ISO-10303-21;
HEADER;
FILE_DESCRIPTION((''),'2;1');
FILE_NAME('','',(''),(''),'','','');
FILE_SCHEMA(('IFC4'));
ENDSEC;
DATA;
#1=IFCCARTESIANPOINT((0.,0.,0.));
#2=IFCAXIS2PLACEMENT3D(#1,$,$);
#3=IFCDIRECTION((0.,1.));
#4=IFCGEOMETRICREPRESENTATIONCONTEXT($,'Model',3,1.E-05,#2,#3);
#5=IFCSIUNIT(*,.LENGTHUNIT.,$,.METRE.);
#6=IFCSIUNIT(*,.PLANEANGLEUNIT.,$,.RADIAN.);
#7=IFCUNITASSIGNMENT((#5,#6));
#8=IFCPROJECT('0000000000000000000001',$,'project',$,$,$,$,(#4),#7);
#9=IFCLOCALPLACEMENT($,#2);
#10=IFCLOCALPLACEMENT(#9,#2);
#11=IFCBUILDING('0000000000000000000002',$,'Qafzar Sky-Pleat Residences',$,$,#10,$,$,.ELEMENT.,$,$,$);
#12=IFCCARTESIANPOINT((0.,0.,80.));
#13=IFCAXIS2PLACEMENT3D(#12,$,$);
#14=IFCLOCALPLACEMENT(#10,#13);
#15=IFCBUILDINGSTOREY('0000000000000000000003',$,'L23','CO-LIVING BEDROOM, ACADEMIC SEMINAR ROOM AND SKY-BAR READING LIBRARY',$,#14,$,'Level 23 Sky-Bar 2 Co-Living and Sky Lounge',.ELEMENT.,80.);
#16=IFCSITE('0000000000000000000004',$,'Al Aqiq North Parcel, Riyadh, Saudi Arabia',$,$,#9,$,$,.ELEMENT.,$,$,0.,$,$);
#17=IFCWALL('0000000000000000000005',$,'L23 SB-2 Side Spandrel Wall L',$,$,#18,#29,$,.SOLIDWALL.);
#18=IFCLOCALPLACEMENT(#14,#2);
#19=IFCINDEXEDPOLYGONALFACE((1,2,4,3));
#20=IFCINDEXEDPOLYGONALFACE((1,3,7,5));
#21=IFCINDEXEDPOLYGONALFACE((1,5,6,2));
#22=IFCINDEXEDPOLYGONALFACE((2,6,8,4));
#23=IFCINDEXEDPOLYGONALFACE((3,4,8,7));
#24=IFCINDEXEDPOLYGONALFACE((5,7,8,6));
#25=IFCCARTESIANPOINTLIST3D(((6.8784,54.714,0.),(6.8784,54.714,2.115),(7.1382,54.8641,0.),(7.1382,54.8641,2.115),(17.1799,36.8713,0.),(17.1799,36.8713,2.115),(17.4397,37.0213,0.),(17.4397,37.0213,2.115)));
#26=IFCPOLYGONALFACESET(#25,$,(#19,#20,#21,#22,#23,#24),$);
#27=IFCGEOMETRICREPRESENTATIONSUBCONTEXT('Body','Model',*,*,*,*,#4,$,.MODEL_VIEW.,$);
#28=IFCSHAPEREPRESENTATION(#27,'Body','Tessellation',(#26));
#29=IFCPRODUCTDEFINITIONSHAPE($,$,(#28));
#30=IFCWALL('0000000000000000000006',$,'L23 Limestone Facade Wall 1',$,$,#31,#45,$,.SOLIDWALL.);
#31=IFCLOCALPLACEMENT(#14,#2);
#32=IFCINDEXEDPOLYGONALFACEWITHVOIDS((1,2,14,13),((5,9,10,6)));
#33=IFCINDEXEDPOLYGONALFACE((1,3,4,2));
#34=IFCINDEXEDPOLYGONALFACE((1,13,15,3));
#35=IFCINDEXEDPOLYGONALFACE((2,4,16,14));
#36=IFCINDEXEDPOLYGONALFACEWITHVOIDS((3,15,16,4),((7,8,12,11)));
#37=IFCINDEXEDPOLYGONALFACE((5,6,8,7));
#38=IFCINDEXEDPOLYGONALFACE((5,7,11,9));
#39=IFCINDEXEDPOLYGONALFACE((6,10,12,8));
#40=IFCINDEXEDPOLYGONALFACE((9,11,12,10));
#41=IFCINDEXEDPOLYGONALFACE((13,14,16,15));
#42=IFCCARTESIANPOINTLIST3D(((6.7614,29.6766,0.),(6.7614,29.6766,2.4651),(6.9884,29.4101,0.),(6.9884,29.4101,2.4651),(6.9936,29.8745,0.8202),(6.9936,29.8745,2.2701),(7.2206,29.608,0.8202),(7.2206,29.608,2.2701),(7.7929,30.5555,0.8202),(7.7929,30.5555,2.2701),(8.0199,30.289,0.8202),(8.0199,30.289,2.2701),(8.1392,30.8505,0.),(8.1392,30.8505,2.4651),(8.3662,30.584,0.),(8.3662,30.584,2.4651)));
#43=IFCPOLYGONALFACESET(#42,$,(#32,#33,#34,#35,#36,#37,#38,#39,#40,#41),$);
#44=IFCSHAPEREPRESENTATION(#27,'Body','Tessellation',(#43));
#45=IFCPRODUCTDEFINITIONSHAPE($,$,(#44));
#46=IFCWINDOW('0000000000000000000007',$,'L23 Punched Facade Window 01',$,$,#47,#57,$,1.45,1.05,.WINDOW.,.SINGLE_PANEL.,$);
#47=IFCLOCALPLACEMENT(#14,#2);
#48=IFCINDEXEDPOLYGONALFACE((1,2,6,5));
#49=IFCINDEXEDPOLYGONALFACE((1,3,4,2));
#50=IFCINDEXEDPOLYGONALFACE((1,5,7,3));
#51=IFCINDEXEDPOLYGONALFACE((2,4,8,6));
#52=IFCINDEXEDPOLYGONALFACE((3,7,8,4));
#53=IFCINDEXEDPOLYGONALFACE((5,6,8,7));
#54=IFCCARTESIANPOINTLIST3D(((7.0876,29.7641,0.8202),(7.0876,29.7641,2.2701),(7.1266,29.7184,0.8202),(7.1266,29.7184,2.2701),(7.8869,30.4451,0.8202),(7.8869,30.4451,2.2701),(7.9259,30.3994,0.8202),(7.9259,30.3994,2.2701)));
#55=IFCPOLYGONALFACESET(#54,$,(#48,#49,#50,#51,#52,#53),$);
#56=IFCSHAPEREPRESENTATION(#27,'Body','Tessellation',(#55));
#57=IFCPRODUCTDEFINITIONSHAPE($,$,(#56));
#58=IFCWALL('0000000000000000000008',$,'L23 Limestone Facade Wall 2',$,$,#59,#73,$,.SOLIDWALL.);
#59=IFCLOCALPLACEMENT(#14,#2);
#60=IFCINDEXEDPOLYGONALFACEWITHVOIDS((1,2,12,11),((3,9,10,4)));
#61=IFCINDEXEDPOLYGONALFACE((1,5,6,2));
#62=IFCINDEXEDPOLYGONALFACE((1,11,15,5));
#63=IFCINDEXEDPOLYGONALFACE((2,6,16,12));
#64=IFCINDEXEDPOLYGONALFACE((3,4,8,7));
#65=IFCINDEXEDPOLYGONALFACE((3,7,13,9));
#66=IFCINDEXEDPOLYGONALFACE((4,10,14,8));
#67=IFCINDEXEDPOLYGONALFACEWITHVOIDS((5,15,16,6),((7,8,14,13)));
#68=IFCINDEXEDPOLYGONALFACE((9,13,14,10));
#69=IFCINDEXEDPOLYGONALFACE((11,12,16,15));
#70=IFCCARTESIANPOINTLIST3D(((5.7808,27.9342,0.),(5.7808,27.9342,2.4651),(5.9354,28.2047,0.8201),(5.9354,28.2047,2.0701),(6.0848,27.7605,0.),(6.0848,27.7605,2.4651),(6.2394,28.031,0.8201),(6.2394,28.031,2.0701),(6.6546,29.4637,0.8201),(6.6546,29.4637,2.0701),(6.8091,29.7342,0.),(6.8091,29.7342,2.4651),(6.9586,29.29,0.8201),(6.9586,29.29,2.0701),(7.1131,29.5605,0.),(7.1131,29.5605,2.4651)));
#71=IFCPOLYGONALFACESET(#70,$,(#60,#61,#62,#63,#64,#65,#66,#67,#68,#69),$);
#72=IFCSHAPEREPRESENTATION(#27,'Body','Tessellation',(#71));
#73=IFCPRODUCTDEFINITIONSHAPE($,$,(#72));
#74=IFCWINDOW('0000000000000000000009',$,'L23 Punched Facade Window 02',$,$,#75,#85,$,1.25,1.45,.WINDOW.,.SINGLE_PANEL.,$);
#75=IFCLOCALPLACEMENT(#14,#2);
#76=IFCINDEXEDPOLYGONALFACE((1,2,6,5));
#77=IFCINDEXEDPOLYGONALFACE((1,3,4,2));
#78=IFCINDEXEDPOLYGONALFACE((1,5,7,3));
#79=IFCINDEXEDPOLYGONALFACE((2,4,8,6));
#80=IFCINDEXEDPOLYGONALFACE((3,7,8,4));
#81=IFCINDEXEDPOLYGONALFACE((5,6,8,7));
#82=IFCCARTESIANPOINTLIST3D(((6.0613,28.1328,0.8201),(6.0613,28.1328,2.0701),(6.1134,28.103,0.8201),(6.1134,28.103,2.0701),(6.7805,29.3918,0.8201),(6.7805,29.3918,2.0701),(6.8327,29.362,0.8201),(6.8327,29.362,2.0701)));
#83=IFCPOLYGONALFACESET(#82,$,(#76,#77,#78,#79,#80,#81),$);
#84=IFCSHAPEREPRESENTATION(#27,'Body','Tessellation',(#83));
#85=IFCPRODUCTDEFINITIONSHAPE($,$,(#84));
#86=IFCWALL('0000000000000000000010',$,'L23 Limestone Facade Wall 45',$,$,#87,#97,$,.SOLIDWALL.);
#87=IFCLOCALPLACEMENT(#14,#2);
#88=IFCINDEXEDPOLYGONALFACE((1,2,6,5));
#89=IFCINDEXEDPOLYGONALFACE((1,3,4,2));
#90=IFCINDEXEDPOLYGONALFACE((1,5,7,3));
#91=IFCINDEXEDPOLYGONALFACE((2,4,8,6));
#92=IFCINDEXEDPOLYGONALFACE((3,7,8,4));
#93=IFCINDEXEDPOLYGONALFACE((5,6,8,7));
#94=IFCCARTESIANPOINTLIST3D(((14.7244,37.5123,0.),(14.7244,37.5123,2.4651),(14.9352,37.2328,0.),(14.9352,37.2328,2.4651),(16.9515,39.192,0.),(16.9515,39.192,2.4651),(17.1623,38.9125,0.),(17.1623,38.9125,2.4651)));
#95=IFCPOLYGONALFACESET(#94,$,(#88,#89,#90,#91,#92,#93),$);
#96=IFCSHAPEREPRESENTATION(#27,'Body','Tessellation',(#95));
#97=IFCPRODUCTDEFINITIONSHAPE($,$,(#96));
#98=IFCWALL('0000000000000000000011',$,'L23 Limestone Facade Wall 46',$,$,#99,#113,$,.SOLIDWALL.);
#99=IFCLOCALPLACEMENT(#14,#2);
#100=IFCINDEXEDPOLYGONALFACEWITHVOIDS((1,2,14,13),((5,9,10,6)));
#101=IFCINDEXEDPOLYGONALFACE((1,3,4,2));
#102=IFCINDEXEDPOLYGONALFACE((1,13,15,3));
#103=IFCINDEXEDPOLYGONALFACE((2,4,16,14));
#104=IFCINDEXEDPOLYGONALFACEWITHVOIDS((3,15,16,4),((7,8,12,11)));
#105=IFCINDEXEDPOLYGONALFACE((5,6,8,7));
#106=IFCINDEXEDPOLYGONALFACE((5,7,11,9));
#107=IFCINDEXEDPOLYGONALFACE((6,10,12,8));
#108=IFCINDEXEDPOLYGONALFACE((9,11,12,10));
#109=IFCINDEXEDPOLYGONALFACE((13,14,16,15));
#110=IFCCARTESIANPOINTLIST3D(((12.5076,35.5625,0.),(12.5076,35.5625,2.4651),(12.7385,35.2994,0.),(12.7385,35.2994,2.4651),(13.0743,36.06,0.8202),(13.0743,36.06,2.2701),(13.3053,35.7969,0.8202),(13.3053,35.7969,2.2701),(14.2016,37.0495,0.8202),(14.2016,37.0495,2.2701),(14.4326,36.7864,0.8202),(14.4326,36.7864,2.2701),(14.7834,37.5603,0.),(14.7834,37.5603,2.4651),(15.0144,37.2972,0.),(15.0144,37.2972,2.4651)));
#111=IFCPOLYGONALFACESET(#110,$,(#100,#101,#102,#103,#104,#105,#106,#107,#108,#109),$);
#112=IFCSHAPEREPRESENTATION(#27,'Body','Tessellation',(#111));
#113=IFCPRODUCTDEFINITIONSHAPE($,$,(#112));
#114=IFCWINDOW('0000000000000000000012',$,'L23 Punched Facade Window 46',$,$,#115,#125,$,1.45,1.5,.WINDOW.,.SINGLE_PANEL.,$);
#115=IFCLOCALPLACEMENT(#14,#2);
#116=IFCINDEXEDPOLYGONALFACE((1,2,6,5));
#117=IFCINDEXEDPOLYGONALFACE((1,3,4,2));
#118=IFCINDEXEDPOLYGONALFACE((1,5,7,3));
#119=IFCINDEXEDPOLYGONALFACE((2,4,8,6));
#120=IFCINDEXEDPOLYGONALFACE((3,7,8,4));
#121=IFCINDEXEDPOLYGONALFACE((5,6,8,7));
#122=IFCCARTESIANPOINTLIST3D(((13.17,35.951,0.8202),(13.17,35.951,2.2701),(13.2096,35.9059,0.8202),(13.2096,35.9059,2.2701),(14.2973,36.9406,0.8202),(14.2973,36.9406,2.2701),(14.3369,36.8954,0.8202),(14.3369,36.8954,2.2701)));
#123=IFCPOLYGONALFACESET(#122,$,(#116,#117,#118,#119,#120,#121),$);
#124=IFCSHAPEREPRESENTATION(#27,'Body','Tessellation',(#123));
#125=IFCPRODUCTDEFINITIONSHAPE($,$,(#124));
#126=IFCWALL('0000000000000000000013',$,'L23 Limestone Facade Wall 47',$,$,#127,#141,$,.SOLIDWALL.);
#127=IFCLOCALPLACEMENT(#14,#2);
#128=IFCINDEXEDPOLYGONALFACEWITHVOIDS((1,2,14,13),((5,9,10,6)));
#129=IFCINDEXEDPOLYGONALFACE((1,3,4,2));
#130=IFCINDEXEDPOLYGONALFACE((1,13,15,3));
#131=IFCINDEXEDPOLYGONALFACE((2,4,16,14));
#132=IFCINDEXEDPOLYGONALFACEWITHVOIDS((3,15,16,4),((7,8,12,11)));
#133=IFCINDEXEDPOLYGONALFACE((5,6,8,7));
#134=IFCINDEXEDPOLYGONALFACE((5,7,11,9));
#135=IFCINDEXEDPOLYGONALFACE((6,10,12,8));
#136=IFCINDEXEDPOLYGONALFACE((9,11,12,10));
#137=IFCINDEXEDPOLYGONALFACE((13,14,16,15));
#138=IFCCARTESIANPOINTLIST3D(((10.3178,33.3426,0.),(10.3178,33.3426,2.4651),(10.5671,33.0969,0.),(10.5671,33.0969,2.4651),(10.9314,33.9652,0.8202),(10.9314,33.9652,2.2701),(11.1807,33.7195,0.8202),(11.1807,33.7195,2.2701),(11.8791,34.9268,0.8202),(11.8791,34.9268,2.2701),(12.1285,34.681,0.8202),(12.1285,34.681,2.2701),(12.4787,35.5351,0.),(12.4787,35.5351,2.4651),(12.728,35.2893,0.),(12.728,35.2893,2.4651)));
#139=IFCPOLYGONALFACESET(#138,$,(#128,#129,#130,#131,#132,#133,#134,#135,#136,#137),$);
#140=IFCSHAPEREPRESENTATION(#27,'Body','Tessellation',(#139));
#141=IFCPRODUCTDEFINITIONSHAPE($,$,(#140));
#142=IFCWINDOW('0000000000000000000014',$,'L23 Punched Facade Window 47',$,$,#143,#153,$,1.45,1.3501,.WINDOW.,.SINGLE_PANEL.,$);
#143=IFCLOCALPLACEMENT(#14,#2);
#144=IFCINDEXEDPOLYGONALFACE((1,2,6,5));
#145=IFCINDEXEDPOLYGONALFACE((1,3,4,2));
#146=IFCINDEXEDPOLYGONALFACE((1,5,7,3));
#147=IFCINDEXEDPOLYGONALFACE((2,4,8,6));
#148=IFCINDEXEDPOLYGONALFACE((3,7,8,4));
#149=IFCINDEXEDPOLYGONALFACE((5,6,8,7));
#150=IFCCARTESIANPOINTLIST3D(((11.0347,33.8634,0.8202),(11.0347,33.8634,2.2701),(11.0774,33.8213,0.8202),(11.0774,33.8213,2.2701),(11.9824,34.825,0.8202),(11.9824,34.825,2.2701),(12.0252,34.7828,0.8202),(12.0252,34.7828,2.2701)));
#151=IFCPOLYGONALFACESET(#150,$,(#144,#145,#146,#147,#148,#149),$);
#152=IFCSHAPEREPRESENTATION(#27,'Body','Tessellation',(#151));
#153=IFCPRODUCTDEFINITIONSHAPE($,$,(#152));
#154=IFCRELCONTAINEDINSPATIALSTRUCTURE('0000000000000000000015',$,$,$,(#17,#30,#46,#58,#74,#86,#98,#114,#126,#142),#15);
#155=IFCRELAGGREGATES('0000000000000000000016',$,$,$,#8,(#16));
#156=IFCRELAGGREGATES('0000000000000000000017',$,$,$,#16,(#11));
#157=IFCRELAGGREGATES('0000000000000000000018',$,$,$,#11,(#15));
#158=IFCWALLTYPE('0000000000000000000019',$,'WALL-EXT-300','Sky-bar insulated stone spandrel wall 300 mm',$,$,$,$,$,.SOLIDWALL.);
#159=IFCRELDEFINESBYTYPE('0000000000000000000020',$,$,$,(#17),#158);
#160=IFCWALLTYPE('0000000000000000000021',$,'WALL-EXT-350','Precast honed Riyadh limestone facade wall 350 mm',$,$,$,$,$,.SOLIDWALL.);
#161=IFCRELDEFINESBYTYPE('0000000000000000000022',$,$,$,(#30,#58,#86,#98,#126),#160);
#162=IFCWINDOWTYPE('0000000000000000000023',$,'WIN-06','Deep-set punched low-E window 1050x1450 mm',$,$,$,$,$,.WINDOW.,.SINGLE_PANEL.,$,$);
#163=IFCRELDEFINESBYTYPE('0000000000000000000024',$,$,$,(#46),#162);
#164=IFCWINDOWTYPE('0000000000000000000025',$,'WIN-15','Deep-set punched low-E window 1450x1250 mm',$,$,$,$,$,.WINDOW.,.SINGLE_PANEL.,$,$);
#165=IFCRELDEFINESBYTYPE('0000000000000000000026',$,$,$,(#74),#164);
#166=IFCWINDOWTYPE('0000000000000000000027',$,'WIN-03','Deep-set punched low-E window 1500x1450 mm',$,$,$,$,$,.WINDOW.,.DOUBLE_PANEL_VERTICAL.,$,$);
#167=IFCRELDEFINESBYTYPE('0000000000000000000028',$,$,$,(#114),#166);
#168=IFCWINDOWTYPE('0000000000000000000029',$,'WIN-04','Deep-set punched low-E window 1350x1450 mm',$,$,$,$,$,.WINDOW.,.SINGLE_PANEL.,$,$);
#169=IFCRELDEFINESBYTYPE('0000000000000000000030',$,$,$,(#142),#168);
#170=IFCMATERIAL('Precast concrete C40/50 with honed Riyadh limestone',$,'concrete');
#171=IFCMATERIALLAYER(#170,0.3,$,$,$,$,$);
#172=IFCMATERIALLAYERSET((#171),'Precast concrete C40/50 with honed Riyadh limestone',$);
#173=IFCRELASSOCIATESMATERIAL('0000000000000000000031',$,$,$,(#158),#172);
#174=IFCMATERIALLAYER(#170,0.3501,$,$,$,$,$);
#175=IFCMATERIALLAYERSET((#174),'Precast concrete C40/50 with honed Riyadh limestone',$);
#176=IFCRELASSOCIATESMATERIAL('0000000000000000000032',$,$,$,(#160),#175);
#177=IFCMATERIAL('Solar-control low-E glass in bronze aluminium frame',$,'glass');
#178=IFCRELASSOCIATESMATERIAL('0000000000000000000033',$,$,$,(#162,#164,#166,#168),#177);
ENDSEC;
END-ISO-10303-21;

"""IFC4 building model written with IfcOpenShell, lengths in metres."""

from ifc_helpers import new_model, si_unit, direction, frame, frame_2d, origin, place, context, subcontext, project, spatial, rectangle, extrude, source, transform, mapped, material, layer, layer_set, type_object, element, fill, save


model = new_model("IFC4")

# Units and contexts
model_context = context("Model", 3, precision=1e-05, world=origin(), true_north=direction((0.0, 1.0)))
body_context = subcontext(model_context, "Body", "Model", "MODEL_VIEW")
ifc_project = project(units=[si_unit("LENGTHUNIT", "METRE"), si_unit("PLANEANGLEUNIT", "RADIAN")], contexts=[model_context])

# Site, building, storey
site_placement = place(None, origin())
site = spatial("IfcSite", under=ifc_project, at=site_placement, Name="Al Aqiq North Parcel, Riyadh, Saudi Arabia", CompositionType="ELEMENT", RefElevation=0.0)
building_placement = place(site_placement, origin())
building = spatial("IfcBuilding", under=site, at=building_placement, Name="Qafzar Sky-Pleat Residences", CompositionType="ELEMENT")
storey_placement = place(building_placement, frame((0.0, 0.0, 80.0)))
storey = spatial("IfcBuildingStorey", under=building, at=storey_placement, Name="L23", Description="CO-LIVING BEDROOM, ACADEMIC SEMINAR ROOM AND SKY-BAR READING LIBRARY", LongName="Level 23 Sky-Bar 2 Co-Living and Sky Lounge", CompositionType="ELEMENT", Elevation=80.0)

# Wall
ifc_material_1 = material(Name="Precast concrete C40/50 with honed Riyadh limestone", Category="concrete")
ifc_layer_1 = layer(ifc_material_1, 0.3)
ifc_layer_set_1 = layer_set([ifc_layer_1], Name="Precast concrete C40/50 with honed Riyadh limestone")
wall_type_1 = type_object("IfcWallType", Name="WALL-EXT-300", Description="Sky-bar insulated stone spandrel wall 300 mm", PredefinedType="SOLIDWALL", material=ifc_layer_set_1)
wall_1_placement = place(storey_placement, frame((17.3098, 36.9463, 0.0), z_axis=(0.0, 0.0, 1.0), x_axis=(-0.499999, 0.866026, 0.0)))
element("IfcWall", 1, at=wall_1_placement, inside=storey, type_object=wall_type_1, Name="L23 SB-2 Side Spandrel Wall L", PredefinedType="SOLIDWALL", context=body_context, shape_type="SweptSolid", body=[
    extrude(rectangle(XDim=20.603, YDim=0.3, at=frame_2d((10.3015, 0.0))), origin(), (0.0, 0.0, 1.0), 2.115),
])

# Walls, openings, windows
ifc_layer_2 = layer(ifc_material_1, 0.3501)
ifc_layer_set_2 = layer_set([ifc_layer_2], Name="Precast concrete C40/50 with honed Riyadh limestone")
wall_type_2 = type_object("IfcWallType", Name="WALL-EXT-350", Description="Precast honed Riyadh limestone facade wall 350 mm", PredefinedType="SOLIDWALL", material=ifc_layer_set_2)
wall_2_placement = place(storey_placement, frame((8.2527, 30.7173, 0.0), z_axis=(0.0, 0.0, 1.0), x_axis=(-0.761177, -0.648545, 0.0)))
wall_2 = element("IfcWall", 2, at=wall_2_placement, inside=storey, type_object=wall_type_2, Name="L23 Limestone Facade Wall 1", PredefinedType="SOLIDWALL", context=body_context, shape_type="SweptSolid", body=[
    extrude(rectangle(XDim=1.8101, YDim=0.3501, at=frame_2d((0.905, 0.0))), origin(), (0.0, 0.0, 1.0), 2.4651),
])
opening_1_placement = place(wall_2_placement, frame((0.4551, 0.0, 0.8201)))
opening_1 = element("IfcOpeningElement", 3, at=opening_1_placement, cuts=wall_2, PredefinedType="OPENING", context=body_context, shape_type="SweptSolid", body=[
    extrude(rectangle(XDim=1.05, YDim=1.45, at=frame_2d((0.5249, 0.7251))), frame((0.0, 0.1851, 0.0), z_axis=(0.0, -1.0, 0.0), x_axis=(1.0, 0.0, 0.0)), (0.0, 0.0, 1.0), 0.3701),
])
ifc_material_2 = material(Name="Solar-control low-E glass in bronze aluminium frame", Category="glass")
window_type_1 = type_object("IfcWindowType", Name="WIN-06", Description="Deep-set punched low-E window 1050x1450 mm", PartitioningType="SINGLE_PANEL", PredefinedType="WINDOW", material=ifc_material_2)
shared_shape_1 = source(origin(), body_context, "Body", "SweptSolid", [
    extrude(rectangle(XDim=1.05, YDim=1.45, at=frame_2d((0.5249, 0.7251))), frame((0.0, 0.03, 0.0), z_axis=(0.0, -1.0, 0.0), x_axis=(1.0, 0.0, 0.0)), (0.0, 0.0, 1.0), 0.0601),
])
window_1_placement = place(opening_1_placement, origin())
window_1 = element("IfcWindow", 4, at=window_1_placement, inside=storey, type_object=window_type_1, Name="L23 Punched Facade Window 01", OverallHeight=1.45, OverallWidth=1.05, PartitioningType="SINGLE_PANEL", PredefinedType="WINDOW", context=body_context, shape_type="MappedRepresentation", body=[
    mapped(shared_shape_1, transform((0.0, 0.0, 0.0), x_axis=(1.0, 0.0, 0.0), y_axis=(0.0, 1.0, 0.0), z_axis=(0.0, 0.0, 1.0), scale=1.0)),
])
fill(opening_1, window_1)
wall_3_placement = place(storey_placement, frame((6.9612, 29.6475, 0.0), z_axis=(0.0, 0.0, 1.0), x_axis=(-0.496037, -0.868301, 0.0)))
wall_3 = element("IfcWall", 5, at=wall_3_placement, inside=storey, type_object=wall_type_2, Name="L23 Limestone Facade Wall 2", PredefinedType="SOLIDWALL", context=body_context, shape_type="SweptSolid", body=[
    extrude(rectangle(XDim=2.073, YDim=0.3501, at=frame_2d((1.0366, 0.0))), origin(), (0.0, 0.0, 1.0), 2.4651),
])
opening_2_placement = place(wall_3_placement, frame((0.3115, 0.0, 0.8201)))
opening_2 = element("IfcOpeningElement", 6, at=opening_2_placement, cuts=wall_3, PredefinedType="OPENING", context=body_context, shape_type="SweptSolid", body=[
    extrude(rectangle(XDim=1.45, YDim=1.25, at=frame_2d((0.7251, 0.625))), frame((0.0, 0.1851, 0.0), z_axis=(0.0, -1.0, 0.0), x_axis=(1.0, 0.0, 0.0)), (0.0, 0.0, 1.0), 0.3701),
])
window_type_2 = type_object("IfcWindowType", Name="WIN-15", Description="Deep-set punched low-E window 1450x1250 mm", PartitioningType="SINGLE_PANEL", PredefinedType="WINDOW", material=ifc_material_2)
shared_shape_2 = source(origin(), body_context, "Body", "SweptSolid", [
    extrude(rectangle(XDim=1.45, YDim=1.25, at=frame_2d((0.7251, 0.625))), frame((0.0, 0.03, 0.0), z_axis=(0.0, -1.0, 0.0), x_axis=(1.0, 0.0, 0.0)), (0.0, 0.0, 1.0), 0.0601),
])
window_2_placement = place(opening_2_placement, origin())
window_2 = element("IfcWindow", 7, at=window_2_placement, inside=storey, type_object=window_type_2, Name="L23 Punched Facade Window 02", OverallHeight=1.25, OverallWidth=1.45, PartitioningType="SINGLE_PANEL", PredefinedType="WINDOW", context=body_context, shape_type="MappedRepresentation", body=[
    mapped(shared_shape_2, transform((0.0, 0.0, 0.0), x_axis=(1.0, 0.0, 0.0), y_axis=(0.0, 1.0, 0.0), z_axis=(0.0, 0.0, 1.0), scale=1.0)),
])
fill(opening_2, window_2)

# Wall
wall_4_placement = place(storey_placement, frame((17.0569, 39.0522, 0.0), z_axis=(0.0, 0.0, 1.0), x_axis=(-0.79838, -0.602154, 0.0)))
element("IfcWall", 8, at=wall_4_placement, inside=storey, type_object=wall_type_2, Name="L23 Limestone Facade Wall 45", PredefinedType="SOLIDWALL", context=body_context, shape_type="SweptSolid", body=[
    extrude(rectangle(XDim=2.7896, YDim=0.3501, at=frame_2d((1.3948, 0.0))), origin(), (0.0, 0.0, 1.0), 2.4651),
])

# Walls, openings, windows
wall_5_placement = place(storey_placement, frame((14.8989, 37.4287, 0.0), z_axis=(0.0, 0.0, 1.0), x_axis=(-0.751527, -0.659702, 0.0)))
wall_5 = element("IfcWall", 9, at=wall_5_placement, inside=storey, type_object=wall_type_2, Name="L23 Limestone Facade Wall 46", PredefinedType="SOLIDWALL", context=body_context, shape_type="SweptSolid", body=[
    extrude(rectangle(XDim=3.0283, YDim=0.3501, at=frame_2d((1.5142, 0.0))), origin(), (0.0, 0.0, 1.0), 2.4651),
])
opening_3_placement = place(wall_5_placement, frame((0.7742, 0.0, 0.8201)))
opening_3 = element("IfcOpeningElement", 10, at=opening_3_placement, cuts=wall_5, PredefinedType="OPENING", context=body_context, shape_type="SweptSolid", body=[
    extrude(rectangle(XDim=1.5, YDim=1.45, at=frame_2d((0.75, 0.7251))), frame((0.0, 0.1851, 0.0), z_axis=(0.0, -1.0, 0.0), x_axis=(1.0, 0.0, 0.0)), (0.0, 0.0, 1.0), 0.3701),
])
window_type_3 = type_object("IfcWindowType", Name="WIN-03", Description="Deep-set punched low-E window 1500x1450 mm", PartitioningType="DOUBLE_PANEL_VERTICAL", PredefinedType="WINDOW", material=ifc_material_2)
shared_shape_3 = source(origin(), body_context, "Body", "SweptSolid", [
    extrude(rectangle(XDim=1.5, YDim=1.45, at=frame_2d((0.75, 0.7251))), frame((0.0, 0.03, 0.0), z_axis=(0.0, -1.0, 0.0), x_axis=(1.0, 0.0, 0.0)), (0.0, 0.0, 1.0), 0.0601),
])
window_3_placement = place(opening_3_placement, origin())
window_3 = element("IfcWindow", 11, at=window_3_placement, inside=storey, type_object=window_type_3, Name="L23 Punched Facade Window 46", OverallHeight=1.45, OverallWidth=1.5, PartitioningType="SINGLE_PANEL", PredefinedType="WINDOW", context=body_context, shape_type="MappedRepresentation", body=[
    mapped(shared_shape_3, transform((0.0, 0.0, 0.0), x_axis=(1.0, 0.0, 0.0), y_axis=(0.0, 1.0, 0.0), z_axis=(0.0, 0.0, 1.0), scale=1.0)),
])
fill(opening_3, window_3)
wall_6_placement = place(storey_placement, frame((12.6033, 35.4121, 0.0), z_axis=(0.0, 0.0, 1.0), x_axis=(-0.701973, -0.712204, 0.0)))
wall_6 = element("IfcWall", 12, at=wall_6_placement, inside=storey, type_object=wall_type_2, Name="L23 Limestone Facade Wall 47", PredefinedType="SOLIDWALL", context=body_context, shape_type="SweptSolid", body=[
    extrude(rectangle(XDim=3.0784, YDim=0.3501, at=frame_2d((1.5391, 0.0))), origin(), (0.0, 0.0, 1.0), 2.4651),
])
opening_4_placement = place(wall_6_placement, frame((0.854, 0.0, 0.8201)))
opening_4 = element("IfcOpeningElement", 13, at=opening_4_placement, cuts=wall_6, PredefinedType="OPENING", context=body_context, shape_type="SweptSolid", body=[
    extrude(rectangle(XDim=1.3501, YDim=1.45, at=frame_2d((0.675, 0.7251))), frame((0.0, 0.1851, 0.0), z_axis=(0.0, -1.0, 0.0), x_axis=(1.0, 0.0, 0.0)), (0.0, 0.0, 1.0), 0.3701),
])
window_type_4 = type_object("IfcWindowType", Name="WIN-04", Description="Deep-set punched low-E window 1350x1450 mm", PartitioningType="SINGLE_PANEL", PredefinedType="WINDOW", material=ifc_material_2)
shared_shape_4 = source(origin(), body_context, "Body", "SweptSolid", [
    extrude(rectangle(XDim=1.3501, YDim=1.45, at=frame_2d((0.675, 0.7251))), frame((0.0, 0.03, 0.0), z_axis=(0.0, -1.0, 0.0), x_axis=(1.0, 0.0, 0.0)), (0.0, 0.0, 1.0), 0.0601),
])
window_4_placement = place(opening_4_placement, origin())
window_4 = element("IfcWindow", 14, at=window_4_placement, inside=storey, type_object=window_type_4, Name="L23 Punched Facade Window 47", OverallHeight=1.45, OverallWidth=1.3501, PartitioningType="SINGLE_PANEL", PredefinedType="WINDOW", context=body_context, shape_type="MappedRepresentation", body=[
    mapped(shared_shape_4, transform((0.0, 0.0, 0.0), x_axis=(1.0, 0.0, 0.0), y_axis=(0.0, 1.0, 0.0), z_axis=(0.0, 0.0, 1.0), scale=1.0)),
])
fill(opening_4, window_4)

save(model, "model.ifc")
